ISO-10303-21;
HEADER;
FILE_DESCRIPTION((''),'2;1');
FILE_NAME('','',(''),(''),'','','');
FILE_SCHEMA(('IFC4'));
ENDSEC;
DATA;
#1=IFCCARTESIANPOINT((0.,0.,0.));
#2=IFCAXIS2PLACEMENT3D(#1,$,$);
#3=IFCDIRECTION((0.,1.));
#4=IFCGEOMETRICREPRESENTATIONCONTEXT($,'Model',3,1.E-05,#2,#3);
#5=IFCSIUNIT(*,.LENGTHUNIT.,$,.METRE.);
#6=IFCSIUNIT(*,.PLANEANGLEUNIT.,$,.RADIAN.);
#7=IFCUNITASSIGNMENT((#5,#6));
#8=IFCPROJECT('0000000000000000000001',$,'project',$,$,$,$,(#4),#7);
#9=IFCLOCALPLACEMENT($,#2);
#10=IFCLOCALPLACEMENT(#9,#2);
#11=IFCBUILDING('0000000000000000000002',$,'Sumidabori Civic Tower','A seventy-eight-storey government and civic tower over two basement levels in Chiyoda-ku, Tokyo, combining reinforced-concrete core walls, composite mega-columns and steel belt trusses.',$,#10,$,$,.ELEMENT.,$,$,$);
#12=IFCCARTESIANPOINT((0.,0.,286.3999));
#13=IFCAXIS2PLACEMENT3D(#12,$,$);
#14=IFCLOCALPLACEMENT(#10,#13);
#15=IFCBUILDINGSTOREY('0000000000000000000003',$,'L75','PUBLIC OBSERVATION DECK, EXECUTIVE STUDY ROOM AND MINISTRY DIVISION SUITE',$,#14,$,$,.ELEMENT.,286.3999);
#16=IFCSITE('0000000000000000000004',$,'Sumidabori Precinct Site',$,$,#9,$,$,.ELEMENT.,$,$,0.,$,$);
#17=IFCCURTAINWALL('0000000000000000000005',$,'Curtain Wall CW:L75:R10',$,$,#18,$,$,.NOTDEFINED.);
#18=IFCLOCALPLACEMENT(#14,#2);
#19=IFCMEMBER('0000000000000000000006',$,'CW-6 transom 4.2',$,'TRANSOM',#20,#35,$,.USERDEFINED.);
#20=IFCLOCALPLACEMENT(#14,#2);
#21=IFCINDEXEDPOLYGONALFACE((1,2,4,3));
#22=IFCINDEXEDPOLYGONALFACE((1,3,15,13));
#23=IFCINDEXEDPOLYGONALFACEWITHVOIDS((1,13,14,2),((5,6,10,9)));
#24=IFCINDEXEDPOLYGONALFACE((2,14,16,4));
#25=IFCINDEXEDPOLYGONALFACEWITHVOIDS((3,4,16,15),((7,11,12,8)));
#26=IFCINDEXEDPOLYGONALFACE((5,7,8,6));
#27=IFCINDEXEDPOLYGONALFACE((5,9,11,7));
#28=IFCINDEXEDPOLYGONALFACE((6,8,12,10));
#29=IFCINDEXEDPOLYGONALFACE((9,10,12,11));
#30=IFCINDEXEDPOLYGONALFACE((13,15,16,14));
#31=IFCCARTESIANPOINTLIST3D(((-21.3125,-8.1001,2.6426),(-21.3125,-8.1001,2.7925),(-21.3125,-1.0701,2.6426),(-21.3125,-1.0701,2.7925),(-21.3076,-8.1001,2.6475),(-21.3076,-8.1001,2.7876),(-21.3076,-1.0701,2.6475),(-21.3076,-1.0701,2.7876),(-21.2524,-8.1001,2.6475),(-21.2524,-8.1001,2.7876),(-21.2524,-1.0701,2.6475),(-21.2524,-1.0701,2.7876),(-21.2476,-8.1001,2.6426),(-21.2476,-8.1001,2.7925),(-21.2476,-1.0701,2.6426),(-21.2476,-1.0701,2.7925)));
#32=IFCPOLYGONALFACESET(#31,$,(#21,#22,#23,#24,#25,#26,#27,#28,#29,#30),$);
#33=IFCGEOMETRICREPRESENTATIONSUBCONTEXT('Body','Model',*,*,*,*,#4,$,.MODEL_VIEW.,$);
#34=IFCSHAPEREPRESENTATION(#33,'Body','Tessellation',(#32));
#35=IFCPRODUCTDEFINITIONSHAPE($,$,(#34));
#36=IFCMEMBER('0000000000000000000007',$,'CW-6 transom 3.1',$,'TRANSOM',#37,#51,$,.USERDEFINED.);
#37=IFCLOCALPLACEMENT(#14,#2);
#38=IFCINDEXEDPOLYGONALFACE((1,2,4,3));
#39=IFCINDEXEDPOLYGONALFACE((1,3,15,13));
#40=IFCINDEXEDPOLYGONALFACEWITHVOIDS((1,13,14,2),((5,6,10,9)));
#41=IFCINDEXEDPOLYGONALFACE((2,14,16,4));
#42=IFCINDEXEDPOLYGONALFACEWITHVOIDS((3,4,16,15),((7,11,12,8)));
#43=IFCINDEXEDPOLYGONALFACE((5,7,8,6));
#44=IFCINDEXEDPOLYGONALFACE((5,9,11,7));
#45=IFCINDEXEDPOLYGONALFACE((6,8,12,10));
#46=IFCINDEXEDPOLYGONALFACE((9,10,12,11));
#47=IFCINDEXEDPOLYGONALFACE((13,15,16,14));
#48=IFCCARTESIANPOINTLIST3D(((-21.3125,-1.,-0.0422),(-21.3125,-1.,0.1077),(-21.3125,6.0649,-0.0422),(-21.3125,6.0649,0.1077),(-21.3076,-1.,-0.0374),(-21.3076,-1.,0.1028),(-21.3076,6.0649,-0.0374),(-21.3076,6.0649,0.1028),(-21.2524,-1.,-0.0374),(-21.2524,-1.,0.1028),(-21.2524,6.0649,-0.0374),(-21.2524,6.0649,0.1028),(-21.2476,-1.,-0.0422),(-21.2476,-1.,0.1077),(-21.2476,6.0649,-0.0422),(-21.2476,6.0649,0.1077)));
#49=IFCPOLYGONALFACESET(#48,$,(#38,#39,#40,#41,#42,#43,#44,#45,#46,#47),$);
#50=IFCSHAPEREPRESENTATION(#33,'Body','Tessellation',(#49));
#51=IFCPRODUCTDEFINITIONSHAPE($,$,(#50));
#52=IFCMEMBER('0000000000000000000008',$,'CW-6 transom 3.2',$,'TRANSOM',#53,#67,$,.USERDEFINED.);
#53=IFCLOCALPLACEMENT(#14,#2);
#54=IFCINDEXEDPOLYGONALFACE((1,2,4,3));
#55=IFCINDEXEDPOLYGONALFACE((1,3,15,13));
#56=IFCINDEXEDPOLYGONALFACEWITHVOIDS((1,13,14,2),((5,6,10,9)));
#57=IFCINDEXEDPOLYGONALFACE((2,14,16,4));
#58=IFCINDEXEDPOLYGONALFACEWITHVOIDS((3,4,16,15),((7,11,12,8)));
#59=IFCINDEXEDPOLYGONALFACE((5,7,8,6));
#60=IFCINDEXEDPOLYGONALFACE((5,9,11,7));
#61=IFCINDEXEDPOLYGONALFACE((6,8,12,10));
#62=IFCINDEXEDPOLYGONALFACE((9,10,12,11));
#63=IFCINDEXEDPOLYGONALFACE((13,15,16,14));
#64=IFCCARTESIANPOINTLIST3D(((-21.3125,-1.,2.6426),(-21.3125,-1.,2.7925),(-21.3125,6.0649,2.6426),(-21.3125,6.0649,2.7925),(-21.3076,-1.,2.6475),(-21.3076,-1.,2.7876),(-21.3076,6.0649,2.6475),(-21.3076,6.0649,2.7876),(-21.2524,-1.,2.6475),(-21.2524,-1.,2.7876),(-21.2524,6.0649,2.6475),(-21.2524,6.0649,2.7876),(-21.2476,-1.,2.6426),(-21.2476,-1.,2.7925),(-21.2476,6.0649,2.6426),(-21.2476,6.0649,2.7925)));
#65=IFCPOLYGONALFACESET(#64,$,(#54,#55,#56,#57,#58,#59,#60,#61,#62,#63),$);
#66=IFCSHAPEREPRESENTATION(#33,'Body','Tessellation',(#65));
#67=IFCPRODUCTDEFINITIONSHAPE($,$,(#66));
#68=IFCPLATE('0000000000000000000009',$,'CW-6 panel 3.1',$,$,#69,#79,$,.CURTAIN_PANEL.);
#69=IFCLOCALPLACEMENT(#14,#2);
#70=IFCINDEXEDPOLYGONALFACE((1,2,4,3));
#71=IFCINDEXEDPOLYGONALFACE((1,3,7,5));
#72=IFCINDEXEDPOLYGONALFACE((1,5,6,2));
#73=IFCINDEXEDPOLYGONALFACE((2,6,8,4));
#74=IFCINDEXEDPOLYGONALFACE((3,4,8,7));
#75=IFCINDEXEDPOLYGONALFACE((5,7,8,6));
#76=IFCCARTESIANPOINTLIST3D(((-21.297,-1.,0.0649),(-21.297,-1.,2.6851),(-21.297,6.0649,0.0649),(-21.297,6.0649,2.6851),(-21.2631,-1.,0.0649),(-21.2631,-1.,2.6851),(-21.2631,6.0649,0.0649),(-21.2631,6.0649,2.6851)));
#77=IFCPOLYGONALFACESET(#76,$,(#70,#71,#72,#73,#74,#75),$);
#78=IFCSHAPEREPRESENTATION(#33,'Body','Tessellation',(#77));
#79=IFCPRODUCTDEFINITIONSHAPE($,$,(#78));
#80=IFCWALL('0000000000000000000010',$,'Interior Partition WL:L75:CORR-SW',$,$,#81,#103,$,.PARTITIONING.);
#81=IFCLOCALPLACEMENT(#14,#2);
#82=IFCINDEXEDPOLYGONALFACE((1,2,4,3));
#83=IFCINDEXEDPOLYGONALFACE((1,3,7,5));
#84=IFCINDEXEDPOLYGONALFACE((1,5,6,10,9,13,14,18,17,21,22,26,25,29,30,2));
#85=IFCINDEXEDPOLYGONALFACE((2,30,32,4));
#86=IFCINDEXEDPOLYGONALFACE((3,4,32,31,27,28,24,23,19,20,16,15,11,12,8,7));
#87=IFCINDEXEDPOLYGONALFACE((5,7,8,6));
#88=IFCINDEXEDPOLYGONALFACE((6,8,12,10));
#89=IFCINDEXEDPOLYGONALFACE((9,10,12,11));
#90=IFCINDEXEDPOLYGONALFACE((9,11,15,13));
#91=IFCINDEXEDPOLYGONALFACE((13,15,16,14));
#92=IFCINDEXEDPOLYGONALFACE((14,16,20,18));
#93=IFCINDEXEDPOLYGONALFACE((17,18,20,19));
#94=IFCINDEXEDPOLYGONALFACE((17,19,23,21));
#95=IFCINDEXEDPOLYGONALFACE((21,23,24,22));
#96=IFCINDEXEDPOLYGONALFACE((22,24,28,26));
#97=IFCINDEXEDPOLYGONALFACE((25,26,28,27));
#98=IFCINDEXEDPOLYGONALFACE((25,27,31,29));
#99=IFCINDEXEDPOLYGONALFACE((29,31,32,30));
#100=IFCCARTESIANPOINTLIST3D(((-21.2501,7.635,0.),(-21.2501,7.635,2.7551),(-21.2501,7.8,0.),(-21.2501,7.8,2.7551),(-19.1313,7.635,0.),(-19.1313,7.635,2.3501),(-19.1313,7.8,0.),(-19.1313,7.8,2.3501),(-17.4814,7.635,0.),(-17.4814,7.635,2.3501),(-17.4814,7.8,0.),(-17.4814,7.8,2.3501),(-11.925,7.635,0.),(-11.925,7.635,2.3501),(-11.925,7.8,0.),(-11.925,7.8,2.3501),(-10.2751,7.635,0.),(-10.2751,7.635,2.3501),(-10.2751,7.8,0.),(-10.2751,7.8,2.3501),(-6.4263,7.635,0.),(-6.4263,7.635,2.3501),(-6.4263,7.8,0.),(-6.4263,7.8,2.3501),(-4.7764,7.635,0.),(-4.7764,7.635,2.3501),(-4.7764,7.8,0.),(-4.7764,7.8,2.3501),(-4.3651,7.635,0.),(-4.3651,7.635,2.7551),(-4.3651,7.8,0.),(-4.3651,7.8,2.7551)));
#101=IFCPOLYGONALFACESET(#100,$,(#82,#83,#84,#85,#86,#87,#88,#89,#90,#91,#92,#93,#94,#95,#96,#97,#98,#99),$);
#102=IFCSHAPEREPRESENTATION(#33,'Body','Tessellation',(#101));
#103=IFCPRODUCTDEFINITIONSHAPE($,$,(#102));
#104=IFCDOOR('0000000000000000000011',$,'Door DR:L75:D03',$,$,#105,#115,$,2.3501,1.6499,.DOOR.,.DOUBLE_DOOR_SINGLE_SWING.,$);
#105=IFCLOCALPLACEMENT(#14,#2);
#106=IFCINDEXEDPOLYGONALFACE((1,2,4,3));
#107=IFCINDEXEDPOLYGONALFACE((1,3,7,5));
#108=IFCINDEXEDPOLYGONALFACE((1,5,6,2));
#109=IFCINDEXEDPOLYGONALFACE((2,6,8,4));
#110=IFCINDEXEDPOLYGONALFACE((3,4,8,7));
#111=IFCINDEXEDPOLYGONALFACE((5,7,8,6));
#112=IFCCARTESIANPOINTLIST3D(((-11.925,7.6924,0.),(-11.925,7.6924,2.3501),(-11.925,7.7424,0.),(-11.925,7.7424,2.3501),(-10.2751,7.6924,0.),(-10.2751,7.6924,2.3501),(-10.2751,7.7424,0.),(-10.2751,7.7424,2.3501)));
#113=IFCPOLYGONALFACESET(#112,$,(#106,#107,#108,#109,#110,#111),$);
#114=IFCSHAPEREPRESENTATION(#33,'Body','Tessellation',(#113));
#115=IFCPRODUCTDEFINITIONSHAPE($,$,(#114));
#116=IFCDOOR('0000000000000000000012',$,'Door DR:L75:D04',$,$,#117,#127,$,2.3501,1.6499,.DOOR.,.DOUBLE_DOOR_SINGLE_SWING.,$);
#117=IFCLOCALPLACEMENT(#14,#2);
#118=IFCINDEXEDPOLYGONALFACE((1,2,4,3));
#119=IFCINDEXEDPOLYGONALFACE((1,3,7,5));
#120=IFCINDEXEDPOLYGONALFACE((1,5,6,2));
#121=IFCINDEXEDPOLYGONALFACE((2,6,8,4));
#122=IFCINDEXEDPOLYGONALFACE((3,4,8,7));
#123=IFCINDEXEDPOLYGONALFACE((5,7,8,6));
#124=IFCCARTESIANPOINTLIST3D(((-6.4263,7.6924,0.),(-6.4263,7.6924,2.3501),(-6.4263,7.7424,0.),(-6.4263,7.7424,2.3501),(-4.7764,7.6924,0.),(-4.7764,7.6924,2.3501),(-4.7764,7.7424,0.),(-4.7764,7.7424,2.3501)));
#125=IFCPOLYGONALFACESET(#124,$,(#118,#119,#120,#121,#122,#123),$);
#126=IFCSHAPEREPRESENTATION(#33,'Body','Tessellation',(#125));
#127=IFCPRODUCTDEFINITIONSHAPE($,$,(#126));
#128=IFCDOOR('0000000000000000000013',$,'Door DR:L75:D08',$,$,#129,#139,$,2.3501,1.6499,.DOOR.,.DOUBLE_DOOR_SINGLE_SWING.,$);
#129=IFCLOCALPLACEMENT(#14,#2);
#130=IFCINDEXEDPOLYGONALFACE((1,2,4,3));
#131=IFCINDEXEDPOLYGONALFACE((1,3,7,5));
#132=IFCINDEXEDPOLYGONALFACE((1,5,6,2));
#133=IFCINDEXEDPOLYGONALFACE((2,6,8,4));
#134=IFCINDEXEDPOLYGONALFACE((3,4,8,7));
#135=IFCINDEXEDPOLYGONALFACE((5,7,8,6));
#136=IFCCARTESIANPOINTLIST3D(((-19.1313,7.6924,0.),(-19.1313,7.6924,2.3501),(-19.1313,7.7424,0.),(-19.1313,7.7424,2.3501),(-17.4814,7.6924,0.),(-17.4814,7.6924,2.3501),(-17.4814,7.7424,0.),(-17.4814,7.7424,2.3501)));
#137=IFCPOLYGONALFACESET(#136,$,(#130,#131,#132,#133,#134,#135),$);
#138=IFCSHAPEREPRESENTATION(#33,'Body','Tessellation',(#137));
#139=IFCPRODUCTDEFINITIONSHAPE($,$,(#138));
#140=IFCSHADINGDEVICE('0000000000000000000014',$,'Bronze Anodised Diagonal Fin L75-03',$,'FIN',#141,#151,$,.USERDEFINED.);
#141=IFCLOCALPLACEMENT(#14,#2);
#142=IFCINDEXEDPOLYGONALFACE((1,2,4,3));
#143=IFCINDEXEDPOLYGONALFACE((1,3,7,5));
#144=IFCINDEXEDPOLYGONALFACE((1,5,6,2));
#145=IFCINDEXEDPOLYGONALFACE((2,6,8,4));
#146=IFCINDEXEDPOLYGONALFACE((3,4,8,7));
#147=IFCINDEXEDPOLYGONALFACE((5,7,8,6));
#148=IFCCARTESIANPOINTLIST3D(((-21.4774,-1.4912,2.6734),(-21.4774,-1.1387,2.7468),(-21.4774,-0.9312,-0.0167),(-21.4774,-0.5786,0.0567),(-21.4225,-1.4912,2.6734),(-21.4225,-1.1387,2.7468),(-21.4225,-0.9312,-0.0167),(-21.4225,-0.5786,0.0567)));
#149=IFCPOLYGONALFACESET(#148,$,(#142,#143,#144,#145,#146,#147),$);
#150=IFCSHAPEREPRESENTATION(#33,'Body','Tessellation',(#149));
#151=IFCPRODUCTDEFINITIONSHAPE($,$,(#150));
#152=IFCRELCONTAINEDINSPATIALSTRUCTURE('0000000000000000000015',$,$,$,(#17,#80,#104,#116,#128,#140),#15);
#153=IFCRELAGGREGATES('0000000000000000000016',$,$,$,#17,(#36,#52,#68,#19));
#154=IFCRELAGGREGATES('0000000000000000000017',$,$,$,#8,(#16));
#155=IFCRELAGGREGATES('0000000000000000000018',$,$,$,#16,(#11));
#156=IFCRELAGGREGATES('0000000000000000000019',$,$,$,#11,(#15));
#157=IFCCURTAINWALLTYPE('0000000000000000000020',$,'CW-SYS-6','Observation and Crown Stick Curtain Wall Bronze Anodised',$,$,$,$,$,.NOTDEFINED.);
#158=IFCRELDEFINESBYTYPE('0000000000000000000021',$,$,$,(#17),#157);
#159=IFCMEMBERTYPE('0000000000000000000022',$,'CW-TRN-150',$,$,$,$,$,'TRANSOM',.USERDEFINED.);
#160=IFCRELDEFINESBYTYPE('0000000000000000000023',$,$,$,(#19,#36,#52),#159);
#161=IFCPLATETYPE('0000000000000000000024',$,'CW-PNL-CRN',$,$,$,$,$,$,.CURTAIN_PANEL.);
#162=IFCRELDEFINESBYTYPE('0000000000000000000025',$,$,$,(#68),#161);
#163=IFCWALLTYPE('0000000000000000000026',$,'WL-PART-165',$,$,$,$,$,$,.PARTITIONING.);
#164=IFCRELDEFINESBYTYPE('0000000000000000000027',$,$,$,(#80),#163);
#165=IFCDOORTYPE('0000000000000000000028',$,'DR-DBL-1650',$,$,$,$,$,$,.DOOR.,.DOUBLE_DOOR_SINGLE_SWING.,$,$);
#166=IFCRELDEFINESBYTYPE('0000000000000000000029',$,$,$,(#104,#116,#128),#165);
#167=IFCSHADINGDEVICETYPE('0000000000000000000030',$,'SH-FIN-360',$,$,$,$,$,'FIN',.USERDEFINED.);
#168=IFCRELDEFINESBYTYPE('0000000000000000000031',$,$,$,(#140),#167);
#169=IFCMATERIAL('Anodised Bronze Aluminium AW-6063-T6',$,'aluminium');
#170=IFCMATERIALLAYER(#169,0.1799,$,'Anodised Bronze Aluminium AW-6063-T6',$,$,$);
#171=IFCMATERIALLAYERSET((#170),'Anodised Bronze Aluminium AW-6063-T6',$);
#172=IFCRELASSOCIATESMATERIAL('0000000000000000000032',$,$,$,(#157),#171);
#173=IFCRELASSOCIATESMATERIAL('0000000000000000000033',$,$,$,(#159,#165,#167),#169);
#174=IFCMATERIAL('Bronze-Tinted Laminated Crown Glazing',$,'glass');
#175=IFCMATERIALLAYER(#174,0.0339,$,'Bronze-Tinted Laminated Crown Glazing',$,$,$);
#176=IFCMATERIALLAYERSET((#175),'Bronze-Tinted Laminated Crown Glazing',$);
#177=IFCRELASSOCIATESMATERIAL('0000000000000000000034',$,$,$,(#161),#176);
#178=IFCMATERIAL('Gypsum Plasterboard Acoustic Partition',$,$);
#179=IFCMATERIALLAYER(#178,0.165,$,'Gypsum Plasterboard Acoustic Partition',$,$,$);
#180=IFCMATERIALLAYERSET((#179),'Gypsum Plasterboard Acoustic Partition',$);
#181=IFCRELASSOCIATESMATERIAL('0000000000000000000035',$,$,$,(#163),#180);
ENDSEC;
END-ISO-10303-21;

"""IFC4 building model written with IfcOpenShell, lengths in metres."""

from ifc_helpers import new_model, si_unit, direction, frame, frame_2d, origin, origin_2d, place, context, subcontext, project, spatial, rectangle, hollow_rectangle, extrude, source, transform, mapped, material, layer, layer_set, material_profile, profile_set, type_object, element, fill, aggregate, save


model = new_model("IFC4")

# Units and contexts
model_context = context("Model", 3, precision=1e-05, world=origin(), true_north=direction((0.0, 1.0)))
body_context = subcontext(model_context, "Body", "Model", "MODEL_VIEW")
ifc_project = project(units=[si_unit("LENGTHUNIT", "METRE"), si_unit("PLANEANGLEUNIT", "RADIAN")], contexts=[model_context])

# Site, building, storey
site_placement = place(None, origin())
site = spatial("IfcSite", under=ifc_project, at=site_placement, Name="Sumidabori Precinct Site", CompositionType="ELEMENT", RefElevation=0.0)
building_placement = place(site_placement, origin())
building = spatial("IfcBuilding", under=site, at=building_placement, Name="Sumidabori Civic Tower", Description="A seventy-eight-storey government and civic tower over two basement levels in Chiyoda-ku, Tokyo, combining reinforced-concrete core walls, composite mega-columns and steel belt trusses.", CompositionType="ELEMENT")
storey_placement = place(building_placement, frame((0.0, 0.0, 286.3999)))
storey = spatial("IfcBuildingStorey", under=building, at=storey_placement, Name="L75", Description="PUBLIC OBSERVATION DECK, EXECUTIVE STUDY ROOM AND MINISTRY DIVISION SUITE", CompositionType="ELEMENT", Elevation=286.3999)

# Curtain wall, members, plate
ifc_material_1 = material(Name="Anodised Bronze Aluminium AW-6063-T6", Category="aluminium")
ifc_layer_1 = layer(ifc_material_1, 0.1799, Name="Anodised Bronze Aluminium AW-6063-T6")
ifc_layer_set_1 = layer_set([ifc_layer_1], Name="Anodised Bronze Aluminium AW-6063-T6")
curtain_wall_type = type_object("IfcCurtainWallType", Name="CW-SYS-6", Description="Observation and Crown Stick Curtain Wall Bronze Anodised", PredefinedType="NOTDEFINED", material=ifc_layer_set_1)
curtain_wall_placement = place(storey_placement, origin())
curtain_wall = element("IfcCurtainWall", 1, at=curtain_wall_placement, inside=storey, type_object=curtain_wall_type, Name="Curtain Wall CW:L75:R10", PredefinedType="NOTDEFINED")
ifc_material_profile_1 = material_profile(ifc_material_1, hollow_rectangle(XDim=0.0649, YDim=0.1499, WallThickness=0.0049, at=origin_2d()), Name="ALU TRANSOM 150x65")
ifc_profile_set_1 = profile_set([ifc_material_profile_1], Name="Anodised Bronze Aluminium AW-6063-T6")
member_type_1 = type_object("IfcMemberType", Name="CW-TRN-150", ElementType="TRANSOM", PredefinedType="USERDEFINED", material=ifc_profile_set_1)
shared_shape_1 = source(origin(), body_context, "Body", "SweptSolid", [
    extrude(hollow_rectangle(XDim=0.0649, YDim=0.1499, WallThickness=0.0049, at=origin_2d()), origin(), (0.0, 0.0, 1.0), 7.03),
])
member_1_placement = place(storey_placement, frame((-21.28, -1.0701, 2.7175), z_axis=(0.0, -1.0, 0.0), x_axis=(1.0, 0.0, 0.0)))
member_1 = element("IfcMember", 2, at=member_1_placement, type_object=member_type_1, Name="CW-6 transom 4.2", ObjectType="TRANSOM", PredefinedType="USERDEFINED", context=body_context, shape_type="MappedRepresentation", body=[
    mapped(shared_shape_1, transform((0.0, 0.0, 0.0), x_axis=(1.0, 0.0, 0.0), y_axis=(0.0, 1.0, 0.0), z_axis=(0.0, 0.0, 1.0), scale=1.0)),
])
shared_shape_2 = source(origin(), body_context, "Body", "SweptSolid", [
    extrude(hollow_rectangle(XDim=0.0649, YDim=0.1499, WallThickness=0.0049, at=origin_2d()), origin(), (0.0, 0.0, 1.0), 7.0649),
])
member_2_placement = place(storey_placement, frame((-21.28, 6.0649, 0.0327), z_axis=(0.0, -1.0, 0.0), x_axis=(1.0, 0.0, 0.0)))
member_2 = element("IfcMember", 3, at=member_2_placement, type_object=member_type_1, Name="CW-6 transom 3.1", ObjectType="TRANSOM", PredefinedType="USERDEFINED", context=body_context, shape_type="MappedRepresentation", body=[
    mapped(shared_shape_2, transform((0.0, 0.0, 0.0), x_axis=(1.0, 0.0, 0.0), y_axis=(0.0, 1.0, 0.0), z_axis=(0.0, 0.0, 1.0), scale=1.0)),
])
member_3_placement = place(storey_placement, frame((-21.28, 6.0649, 2.7175), z_axis=(0.0, -1.0, 0.0), x_axis=(1.0, 0.0, 0.0)))
member_3 = element("IfcMember", 4, at=member_3_placement, type_object=member_type_1, Name="CW-6 transom 3.2", ObjectType="TRANSOM", PredefinedType="USERDEFINED", context=body_context, shape_type="MappedRepresentation", body=[
    mapped(shared_shape_2, transform((0.0, 0.0, 0.0), x_axis=(1.0, 0.0, 0.0), y_axis=(0.0, 1.0, 0.0), z_axis=(0.0, 0.0, 1.0), scale=1.0)),
])
ifc_material_2 = material(Name="Bronze-Tinted Laminated Crown Glazing", Category="glass")
ifc_layer_2 = layer(ifc_material_2, 0.0339, Name="Bronze-Tinted Laminated Crown Glazing")
ifc_layer_set_2 = layer_set([ifc_layer_2], Name="Bronze-Tinted Laminated Crown Glazing")
plate_type = type_object("IfcPlateType", Name="CW-PNL-CRN", PredefinedType="CURTAIN_PANEL", material=ifc_layer_set_2)
shared_shape_3 = source(origin(), body_context, "Body", "SweptSolid", [
    extrude(rectangle(XDim=7.0649, YDim=0.0339, at=origin_2d()), origin(), (0.0, 0.0, 1.0), 2.6201),
])
plate_placement = place(storey_placement, frame((-21.28, 2.5325, 0.0649), z_axis=(0.0, 0.0, 1.0), x_axis=(0.0, -1.0, 0.0)))
plate = element("IfcPlate", 5, at=plate_placement, type_object=plate_type, Name="CW-6 panel 3.1", PredefinedType="CURTAIN_PANEL", context=body_context, shape_type="MappedRepresentation", body=[
    mapped(shared_shape_3, transform((0.0, 0.0, 0.0), x_axis=(1.0, 0.0, 0.0), y_axis=(0.0, 1.0, 0.0), z_axis=(0.0, 0.0, 1.0), scale=1.0)),
])
aggregate(curtain_wall, [member_2, member_3, plate, member_1])

# Wall, openings, doors
ifc_material_3 = material(Name="Gypsum Plasterboard Acoustic Partition")
ifc_layer_3 = layer(ifc_material_3, 0.165, Name="Gypsum Plasterboard Acoustic Partition")
ifc_layer_set_3 = layer_set([ifc_layer_3], Name="Gypsum Plasterboard Acoustic Partition")
wall_type = type_object("IfcWallType", Name="WL-PART-165", PredefinedType="PARTITIONING", material=ifc_layer_set_3)
shared_shape_4 = source(origin(), body_context, "Body", "SweptSolid", [
    extrude(rectangle(XDim=16.885, YDim=0.165, at=frame_2d((8.4424, 0.0))), origin(), (0.0, 0.0, 1.0), 2.7551),
])
wall_placement = place(storey_placement, frame((-21.25, 7.7175, 0.0), z_axis=(0.0, 0.0, 1.0), x_axis=(1.0, 0.0, 0.0)))
wall = element("IfcWall", 6, at=wall_placement, inside=storey, type_object=wall_type, Name="Interior Partition WL:L75:CORR-SW", PredefinedType="PARTITIONING", context=body_context, shape_type="MappedRepresentation", body=[
    mapped(shared_shape_4, transform((0.0, 0.0, 0.0), x_axis=(1.0, 0.0, 0.0), y_axis=(0.0, 1.0, 0.0), z_axis=(0.0, 0.0, 1.0), scale=1.0)),
])
opening_1_placement = place(wall_placement, frame((9.325, 0.0, 0.0)))
opening_1 = element("IfcOpeningElement", 7, at=opening_1_placement, cuts=wall, PredefinedType="OPENING", context=body_context, shape_type="SweptSolid", body=[
    extrude(rectangle(XDim=1.6499, YDim=2.3501, at=frame_2d((0.825, 1.175))), frame((0.0, 0.0945, 0.0), z_axis=(0.0, -1.0, 0.0), x_axis=(1.0, 0.0, 0.0)), (0.0, 0.0, 1.0), 0.189),
])
opening_2_placement = place(wall_placement, frame((14.8237, 0.0, 0.0)))
opening_2 = element("IfcOpeningElement", 8, at=opening_2_placement, cuts=wall, PredefinedType="OPENING", context=body_context, shape_type="SweptSolid", body=[
    extrude(rectangle(XDim=1.6499, YDim=2.3501, at=frame_2d((0.825, 1.175))), frame((0.0, 0.0945, 0.0), z_axis=(0.0, -1.0, 0.0), x_axis=(1.0, 0.0, 0.0)), (0.0, 0.0, 1.0), 0.189),
])
opening_3_placement = place(wall_placement, frame((2.1187, 0.0, 0.0)))
opening_3 = element("IfcOpeningElement", 9, at=opening_3_placement, cuts=wall, PredefinedType="OPENING", context=body_context, shape_type="SweptSolid", body=[
    extrude(rectangle(XDim=1.6499, YDim=2.3501, at=frame_2d((0.825, 1.175))), frame((0.0, 0.0945, 0.0), z_axis=(0.0, -1.0, 0.0), x_axis=(1.0, 0.0, 0.0)), (0.0, 0.0, 1.0), 0.189),
])
door_type = type_object("IfcDoorType", Name="DR-DBL-1650", OperationType="DOUBLE_DOOR_SINGLE_SWING", PredefinedType="DOOR", material=ifc_material_1)
shared_shape_5 = source(origin(), body_context, "Body", "SweptSolid", [
    extrude(rectangle(XDim=1.6499, YDim=2.3501, at=frame_2d((0.825, 1.175))), frame((0.0, 0.0249, 0.0), z_axis=(0.0, -1.0, 0.0), x_axis=(1.0, 0.0, 0.0)), (0.0, 0.0, 1.0), 0.05),
])
door_1_placement = place(opening_1_placement, origin())
door_1 = element("IfcDoor", 10, at=door_1_placement, inside=storey, type_object=door_type, Name="Door DR:L75:D03", OperationType="DOUBLE_DOOR_SINGLE_SWING", OverallHeight=2.3501, OverallWidth=1.6499, PredefinedType="DOOR", context=body_context, shape_type="MappedRepresentation", body=[
    mapped(shared_shape_5, transform((0.0, 0.0, 0.0), x_axis=(1.0, 0.0, 0.0), y_axis=(0.0, 1.0, 0.0), z_axis=(0.0, 0.0, 1.0), scale=1.0)),
])
fill(opening_1, door_1)
door_2_placement = place(opening_2_placement, origin())
door_2 = element("IfcDoor", 11, at=door_2_placement, inside=storey, type_object=door_type, Name="Door DR:L75:D04", OperationType="DOUBLE_DOOR_SINGLE_SWING", OverallHeight=2.3501, OverallWidth=1.6499, PredefinedType="DOOR", context=body_context, shape_type="MappedRepresentation", body=[
    mapped(shared_shape_5, transform((0.0, 0.0, 0.0), x_axis=(1.0, 0.0, 0.0), y_axis=(0.0, 1.0, 0.0), z_axis=(0.0, 0.0, 1.0), scale=1.0)),
])
fill(opening_2, door_2)
door_3_placement = place(opening_3_placement, origin())
door_3 = element("IfcDoor", 12, at=door_3_placement, inside=storey, type_object=door_type, Name="Door DR:L75:D08", OperationType="DOUBLE_DOOR_SINGLE_SWING", OverallHeight=2.3501, OverallWidth=1.6499, PredefinedType="DOOR", context=body_context, shape_type="MappedRepresentation", body=[
    mapped(shared_shape_5, transform((0.0, 0.0, 0.0), x_axis=(1.0, 0.0, 0.0), y_axis=(0.0, 1.0, 0.0), z_axis=(0.0, 0.0, 1.0), scale=1.0)),
])
fill(opening_3, door_3)

# Shading device
ifc_material_profile_2 = material_profile(ifc_material_1, rectangle(XDim=0.0549, YDim=0.3601, at=origin_2d()), Name="BRONZE FIN 360x55")
ifc_profile_set_2 = profile_set([ifc_material_profile_2], Name="Anodised Bronze Aluminium AW-6063-T6")
shading_device_type = type_object("IfcShadingDeviceType", Name="SH-FIN-360", ElementType="FIN", PredefinedType="USERDEFINED", material=ifc_profile_set_2)
shared_shape_6 = source(origin(), body_context, "Body", "SweptSolid", [
    extrude(rectangle(XDim=0.0549, YDim=0.3601, at=origin_2d()), origin(), (0.0, 0.0, 1.0), 2.7478),
])
shading_device_placement = place(storey_placement, frame((-21.45, -0.7549, 0.02), z_axis=(0.0, -0.203816, 0.979009), x_axis=(-1.0, 0.0, 0.0)))
element("IfcShadingDevice", 13, at=shading_device_placement, inside=storey, type_object=shading_device_type, Name="Bronze Anodised Diagonal Fin L75-03", ObjectType="FIN", PredefinedType="USERDEFINED", context=body_context, shape_type="MappedRepresentation", body=[
    mapped(shared_shape_6, transform((0.0, 0.0, 0.0), x_axis=(1.0, 0.0, 0.0), y_axis=(0.0, 1.0, 0.0), z_axis=(0.0, 0.0, 1.0), scale=1.0)),
])

save(model, "model.ifc")
